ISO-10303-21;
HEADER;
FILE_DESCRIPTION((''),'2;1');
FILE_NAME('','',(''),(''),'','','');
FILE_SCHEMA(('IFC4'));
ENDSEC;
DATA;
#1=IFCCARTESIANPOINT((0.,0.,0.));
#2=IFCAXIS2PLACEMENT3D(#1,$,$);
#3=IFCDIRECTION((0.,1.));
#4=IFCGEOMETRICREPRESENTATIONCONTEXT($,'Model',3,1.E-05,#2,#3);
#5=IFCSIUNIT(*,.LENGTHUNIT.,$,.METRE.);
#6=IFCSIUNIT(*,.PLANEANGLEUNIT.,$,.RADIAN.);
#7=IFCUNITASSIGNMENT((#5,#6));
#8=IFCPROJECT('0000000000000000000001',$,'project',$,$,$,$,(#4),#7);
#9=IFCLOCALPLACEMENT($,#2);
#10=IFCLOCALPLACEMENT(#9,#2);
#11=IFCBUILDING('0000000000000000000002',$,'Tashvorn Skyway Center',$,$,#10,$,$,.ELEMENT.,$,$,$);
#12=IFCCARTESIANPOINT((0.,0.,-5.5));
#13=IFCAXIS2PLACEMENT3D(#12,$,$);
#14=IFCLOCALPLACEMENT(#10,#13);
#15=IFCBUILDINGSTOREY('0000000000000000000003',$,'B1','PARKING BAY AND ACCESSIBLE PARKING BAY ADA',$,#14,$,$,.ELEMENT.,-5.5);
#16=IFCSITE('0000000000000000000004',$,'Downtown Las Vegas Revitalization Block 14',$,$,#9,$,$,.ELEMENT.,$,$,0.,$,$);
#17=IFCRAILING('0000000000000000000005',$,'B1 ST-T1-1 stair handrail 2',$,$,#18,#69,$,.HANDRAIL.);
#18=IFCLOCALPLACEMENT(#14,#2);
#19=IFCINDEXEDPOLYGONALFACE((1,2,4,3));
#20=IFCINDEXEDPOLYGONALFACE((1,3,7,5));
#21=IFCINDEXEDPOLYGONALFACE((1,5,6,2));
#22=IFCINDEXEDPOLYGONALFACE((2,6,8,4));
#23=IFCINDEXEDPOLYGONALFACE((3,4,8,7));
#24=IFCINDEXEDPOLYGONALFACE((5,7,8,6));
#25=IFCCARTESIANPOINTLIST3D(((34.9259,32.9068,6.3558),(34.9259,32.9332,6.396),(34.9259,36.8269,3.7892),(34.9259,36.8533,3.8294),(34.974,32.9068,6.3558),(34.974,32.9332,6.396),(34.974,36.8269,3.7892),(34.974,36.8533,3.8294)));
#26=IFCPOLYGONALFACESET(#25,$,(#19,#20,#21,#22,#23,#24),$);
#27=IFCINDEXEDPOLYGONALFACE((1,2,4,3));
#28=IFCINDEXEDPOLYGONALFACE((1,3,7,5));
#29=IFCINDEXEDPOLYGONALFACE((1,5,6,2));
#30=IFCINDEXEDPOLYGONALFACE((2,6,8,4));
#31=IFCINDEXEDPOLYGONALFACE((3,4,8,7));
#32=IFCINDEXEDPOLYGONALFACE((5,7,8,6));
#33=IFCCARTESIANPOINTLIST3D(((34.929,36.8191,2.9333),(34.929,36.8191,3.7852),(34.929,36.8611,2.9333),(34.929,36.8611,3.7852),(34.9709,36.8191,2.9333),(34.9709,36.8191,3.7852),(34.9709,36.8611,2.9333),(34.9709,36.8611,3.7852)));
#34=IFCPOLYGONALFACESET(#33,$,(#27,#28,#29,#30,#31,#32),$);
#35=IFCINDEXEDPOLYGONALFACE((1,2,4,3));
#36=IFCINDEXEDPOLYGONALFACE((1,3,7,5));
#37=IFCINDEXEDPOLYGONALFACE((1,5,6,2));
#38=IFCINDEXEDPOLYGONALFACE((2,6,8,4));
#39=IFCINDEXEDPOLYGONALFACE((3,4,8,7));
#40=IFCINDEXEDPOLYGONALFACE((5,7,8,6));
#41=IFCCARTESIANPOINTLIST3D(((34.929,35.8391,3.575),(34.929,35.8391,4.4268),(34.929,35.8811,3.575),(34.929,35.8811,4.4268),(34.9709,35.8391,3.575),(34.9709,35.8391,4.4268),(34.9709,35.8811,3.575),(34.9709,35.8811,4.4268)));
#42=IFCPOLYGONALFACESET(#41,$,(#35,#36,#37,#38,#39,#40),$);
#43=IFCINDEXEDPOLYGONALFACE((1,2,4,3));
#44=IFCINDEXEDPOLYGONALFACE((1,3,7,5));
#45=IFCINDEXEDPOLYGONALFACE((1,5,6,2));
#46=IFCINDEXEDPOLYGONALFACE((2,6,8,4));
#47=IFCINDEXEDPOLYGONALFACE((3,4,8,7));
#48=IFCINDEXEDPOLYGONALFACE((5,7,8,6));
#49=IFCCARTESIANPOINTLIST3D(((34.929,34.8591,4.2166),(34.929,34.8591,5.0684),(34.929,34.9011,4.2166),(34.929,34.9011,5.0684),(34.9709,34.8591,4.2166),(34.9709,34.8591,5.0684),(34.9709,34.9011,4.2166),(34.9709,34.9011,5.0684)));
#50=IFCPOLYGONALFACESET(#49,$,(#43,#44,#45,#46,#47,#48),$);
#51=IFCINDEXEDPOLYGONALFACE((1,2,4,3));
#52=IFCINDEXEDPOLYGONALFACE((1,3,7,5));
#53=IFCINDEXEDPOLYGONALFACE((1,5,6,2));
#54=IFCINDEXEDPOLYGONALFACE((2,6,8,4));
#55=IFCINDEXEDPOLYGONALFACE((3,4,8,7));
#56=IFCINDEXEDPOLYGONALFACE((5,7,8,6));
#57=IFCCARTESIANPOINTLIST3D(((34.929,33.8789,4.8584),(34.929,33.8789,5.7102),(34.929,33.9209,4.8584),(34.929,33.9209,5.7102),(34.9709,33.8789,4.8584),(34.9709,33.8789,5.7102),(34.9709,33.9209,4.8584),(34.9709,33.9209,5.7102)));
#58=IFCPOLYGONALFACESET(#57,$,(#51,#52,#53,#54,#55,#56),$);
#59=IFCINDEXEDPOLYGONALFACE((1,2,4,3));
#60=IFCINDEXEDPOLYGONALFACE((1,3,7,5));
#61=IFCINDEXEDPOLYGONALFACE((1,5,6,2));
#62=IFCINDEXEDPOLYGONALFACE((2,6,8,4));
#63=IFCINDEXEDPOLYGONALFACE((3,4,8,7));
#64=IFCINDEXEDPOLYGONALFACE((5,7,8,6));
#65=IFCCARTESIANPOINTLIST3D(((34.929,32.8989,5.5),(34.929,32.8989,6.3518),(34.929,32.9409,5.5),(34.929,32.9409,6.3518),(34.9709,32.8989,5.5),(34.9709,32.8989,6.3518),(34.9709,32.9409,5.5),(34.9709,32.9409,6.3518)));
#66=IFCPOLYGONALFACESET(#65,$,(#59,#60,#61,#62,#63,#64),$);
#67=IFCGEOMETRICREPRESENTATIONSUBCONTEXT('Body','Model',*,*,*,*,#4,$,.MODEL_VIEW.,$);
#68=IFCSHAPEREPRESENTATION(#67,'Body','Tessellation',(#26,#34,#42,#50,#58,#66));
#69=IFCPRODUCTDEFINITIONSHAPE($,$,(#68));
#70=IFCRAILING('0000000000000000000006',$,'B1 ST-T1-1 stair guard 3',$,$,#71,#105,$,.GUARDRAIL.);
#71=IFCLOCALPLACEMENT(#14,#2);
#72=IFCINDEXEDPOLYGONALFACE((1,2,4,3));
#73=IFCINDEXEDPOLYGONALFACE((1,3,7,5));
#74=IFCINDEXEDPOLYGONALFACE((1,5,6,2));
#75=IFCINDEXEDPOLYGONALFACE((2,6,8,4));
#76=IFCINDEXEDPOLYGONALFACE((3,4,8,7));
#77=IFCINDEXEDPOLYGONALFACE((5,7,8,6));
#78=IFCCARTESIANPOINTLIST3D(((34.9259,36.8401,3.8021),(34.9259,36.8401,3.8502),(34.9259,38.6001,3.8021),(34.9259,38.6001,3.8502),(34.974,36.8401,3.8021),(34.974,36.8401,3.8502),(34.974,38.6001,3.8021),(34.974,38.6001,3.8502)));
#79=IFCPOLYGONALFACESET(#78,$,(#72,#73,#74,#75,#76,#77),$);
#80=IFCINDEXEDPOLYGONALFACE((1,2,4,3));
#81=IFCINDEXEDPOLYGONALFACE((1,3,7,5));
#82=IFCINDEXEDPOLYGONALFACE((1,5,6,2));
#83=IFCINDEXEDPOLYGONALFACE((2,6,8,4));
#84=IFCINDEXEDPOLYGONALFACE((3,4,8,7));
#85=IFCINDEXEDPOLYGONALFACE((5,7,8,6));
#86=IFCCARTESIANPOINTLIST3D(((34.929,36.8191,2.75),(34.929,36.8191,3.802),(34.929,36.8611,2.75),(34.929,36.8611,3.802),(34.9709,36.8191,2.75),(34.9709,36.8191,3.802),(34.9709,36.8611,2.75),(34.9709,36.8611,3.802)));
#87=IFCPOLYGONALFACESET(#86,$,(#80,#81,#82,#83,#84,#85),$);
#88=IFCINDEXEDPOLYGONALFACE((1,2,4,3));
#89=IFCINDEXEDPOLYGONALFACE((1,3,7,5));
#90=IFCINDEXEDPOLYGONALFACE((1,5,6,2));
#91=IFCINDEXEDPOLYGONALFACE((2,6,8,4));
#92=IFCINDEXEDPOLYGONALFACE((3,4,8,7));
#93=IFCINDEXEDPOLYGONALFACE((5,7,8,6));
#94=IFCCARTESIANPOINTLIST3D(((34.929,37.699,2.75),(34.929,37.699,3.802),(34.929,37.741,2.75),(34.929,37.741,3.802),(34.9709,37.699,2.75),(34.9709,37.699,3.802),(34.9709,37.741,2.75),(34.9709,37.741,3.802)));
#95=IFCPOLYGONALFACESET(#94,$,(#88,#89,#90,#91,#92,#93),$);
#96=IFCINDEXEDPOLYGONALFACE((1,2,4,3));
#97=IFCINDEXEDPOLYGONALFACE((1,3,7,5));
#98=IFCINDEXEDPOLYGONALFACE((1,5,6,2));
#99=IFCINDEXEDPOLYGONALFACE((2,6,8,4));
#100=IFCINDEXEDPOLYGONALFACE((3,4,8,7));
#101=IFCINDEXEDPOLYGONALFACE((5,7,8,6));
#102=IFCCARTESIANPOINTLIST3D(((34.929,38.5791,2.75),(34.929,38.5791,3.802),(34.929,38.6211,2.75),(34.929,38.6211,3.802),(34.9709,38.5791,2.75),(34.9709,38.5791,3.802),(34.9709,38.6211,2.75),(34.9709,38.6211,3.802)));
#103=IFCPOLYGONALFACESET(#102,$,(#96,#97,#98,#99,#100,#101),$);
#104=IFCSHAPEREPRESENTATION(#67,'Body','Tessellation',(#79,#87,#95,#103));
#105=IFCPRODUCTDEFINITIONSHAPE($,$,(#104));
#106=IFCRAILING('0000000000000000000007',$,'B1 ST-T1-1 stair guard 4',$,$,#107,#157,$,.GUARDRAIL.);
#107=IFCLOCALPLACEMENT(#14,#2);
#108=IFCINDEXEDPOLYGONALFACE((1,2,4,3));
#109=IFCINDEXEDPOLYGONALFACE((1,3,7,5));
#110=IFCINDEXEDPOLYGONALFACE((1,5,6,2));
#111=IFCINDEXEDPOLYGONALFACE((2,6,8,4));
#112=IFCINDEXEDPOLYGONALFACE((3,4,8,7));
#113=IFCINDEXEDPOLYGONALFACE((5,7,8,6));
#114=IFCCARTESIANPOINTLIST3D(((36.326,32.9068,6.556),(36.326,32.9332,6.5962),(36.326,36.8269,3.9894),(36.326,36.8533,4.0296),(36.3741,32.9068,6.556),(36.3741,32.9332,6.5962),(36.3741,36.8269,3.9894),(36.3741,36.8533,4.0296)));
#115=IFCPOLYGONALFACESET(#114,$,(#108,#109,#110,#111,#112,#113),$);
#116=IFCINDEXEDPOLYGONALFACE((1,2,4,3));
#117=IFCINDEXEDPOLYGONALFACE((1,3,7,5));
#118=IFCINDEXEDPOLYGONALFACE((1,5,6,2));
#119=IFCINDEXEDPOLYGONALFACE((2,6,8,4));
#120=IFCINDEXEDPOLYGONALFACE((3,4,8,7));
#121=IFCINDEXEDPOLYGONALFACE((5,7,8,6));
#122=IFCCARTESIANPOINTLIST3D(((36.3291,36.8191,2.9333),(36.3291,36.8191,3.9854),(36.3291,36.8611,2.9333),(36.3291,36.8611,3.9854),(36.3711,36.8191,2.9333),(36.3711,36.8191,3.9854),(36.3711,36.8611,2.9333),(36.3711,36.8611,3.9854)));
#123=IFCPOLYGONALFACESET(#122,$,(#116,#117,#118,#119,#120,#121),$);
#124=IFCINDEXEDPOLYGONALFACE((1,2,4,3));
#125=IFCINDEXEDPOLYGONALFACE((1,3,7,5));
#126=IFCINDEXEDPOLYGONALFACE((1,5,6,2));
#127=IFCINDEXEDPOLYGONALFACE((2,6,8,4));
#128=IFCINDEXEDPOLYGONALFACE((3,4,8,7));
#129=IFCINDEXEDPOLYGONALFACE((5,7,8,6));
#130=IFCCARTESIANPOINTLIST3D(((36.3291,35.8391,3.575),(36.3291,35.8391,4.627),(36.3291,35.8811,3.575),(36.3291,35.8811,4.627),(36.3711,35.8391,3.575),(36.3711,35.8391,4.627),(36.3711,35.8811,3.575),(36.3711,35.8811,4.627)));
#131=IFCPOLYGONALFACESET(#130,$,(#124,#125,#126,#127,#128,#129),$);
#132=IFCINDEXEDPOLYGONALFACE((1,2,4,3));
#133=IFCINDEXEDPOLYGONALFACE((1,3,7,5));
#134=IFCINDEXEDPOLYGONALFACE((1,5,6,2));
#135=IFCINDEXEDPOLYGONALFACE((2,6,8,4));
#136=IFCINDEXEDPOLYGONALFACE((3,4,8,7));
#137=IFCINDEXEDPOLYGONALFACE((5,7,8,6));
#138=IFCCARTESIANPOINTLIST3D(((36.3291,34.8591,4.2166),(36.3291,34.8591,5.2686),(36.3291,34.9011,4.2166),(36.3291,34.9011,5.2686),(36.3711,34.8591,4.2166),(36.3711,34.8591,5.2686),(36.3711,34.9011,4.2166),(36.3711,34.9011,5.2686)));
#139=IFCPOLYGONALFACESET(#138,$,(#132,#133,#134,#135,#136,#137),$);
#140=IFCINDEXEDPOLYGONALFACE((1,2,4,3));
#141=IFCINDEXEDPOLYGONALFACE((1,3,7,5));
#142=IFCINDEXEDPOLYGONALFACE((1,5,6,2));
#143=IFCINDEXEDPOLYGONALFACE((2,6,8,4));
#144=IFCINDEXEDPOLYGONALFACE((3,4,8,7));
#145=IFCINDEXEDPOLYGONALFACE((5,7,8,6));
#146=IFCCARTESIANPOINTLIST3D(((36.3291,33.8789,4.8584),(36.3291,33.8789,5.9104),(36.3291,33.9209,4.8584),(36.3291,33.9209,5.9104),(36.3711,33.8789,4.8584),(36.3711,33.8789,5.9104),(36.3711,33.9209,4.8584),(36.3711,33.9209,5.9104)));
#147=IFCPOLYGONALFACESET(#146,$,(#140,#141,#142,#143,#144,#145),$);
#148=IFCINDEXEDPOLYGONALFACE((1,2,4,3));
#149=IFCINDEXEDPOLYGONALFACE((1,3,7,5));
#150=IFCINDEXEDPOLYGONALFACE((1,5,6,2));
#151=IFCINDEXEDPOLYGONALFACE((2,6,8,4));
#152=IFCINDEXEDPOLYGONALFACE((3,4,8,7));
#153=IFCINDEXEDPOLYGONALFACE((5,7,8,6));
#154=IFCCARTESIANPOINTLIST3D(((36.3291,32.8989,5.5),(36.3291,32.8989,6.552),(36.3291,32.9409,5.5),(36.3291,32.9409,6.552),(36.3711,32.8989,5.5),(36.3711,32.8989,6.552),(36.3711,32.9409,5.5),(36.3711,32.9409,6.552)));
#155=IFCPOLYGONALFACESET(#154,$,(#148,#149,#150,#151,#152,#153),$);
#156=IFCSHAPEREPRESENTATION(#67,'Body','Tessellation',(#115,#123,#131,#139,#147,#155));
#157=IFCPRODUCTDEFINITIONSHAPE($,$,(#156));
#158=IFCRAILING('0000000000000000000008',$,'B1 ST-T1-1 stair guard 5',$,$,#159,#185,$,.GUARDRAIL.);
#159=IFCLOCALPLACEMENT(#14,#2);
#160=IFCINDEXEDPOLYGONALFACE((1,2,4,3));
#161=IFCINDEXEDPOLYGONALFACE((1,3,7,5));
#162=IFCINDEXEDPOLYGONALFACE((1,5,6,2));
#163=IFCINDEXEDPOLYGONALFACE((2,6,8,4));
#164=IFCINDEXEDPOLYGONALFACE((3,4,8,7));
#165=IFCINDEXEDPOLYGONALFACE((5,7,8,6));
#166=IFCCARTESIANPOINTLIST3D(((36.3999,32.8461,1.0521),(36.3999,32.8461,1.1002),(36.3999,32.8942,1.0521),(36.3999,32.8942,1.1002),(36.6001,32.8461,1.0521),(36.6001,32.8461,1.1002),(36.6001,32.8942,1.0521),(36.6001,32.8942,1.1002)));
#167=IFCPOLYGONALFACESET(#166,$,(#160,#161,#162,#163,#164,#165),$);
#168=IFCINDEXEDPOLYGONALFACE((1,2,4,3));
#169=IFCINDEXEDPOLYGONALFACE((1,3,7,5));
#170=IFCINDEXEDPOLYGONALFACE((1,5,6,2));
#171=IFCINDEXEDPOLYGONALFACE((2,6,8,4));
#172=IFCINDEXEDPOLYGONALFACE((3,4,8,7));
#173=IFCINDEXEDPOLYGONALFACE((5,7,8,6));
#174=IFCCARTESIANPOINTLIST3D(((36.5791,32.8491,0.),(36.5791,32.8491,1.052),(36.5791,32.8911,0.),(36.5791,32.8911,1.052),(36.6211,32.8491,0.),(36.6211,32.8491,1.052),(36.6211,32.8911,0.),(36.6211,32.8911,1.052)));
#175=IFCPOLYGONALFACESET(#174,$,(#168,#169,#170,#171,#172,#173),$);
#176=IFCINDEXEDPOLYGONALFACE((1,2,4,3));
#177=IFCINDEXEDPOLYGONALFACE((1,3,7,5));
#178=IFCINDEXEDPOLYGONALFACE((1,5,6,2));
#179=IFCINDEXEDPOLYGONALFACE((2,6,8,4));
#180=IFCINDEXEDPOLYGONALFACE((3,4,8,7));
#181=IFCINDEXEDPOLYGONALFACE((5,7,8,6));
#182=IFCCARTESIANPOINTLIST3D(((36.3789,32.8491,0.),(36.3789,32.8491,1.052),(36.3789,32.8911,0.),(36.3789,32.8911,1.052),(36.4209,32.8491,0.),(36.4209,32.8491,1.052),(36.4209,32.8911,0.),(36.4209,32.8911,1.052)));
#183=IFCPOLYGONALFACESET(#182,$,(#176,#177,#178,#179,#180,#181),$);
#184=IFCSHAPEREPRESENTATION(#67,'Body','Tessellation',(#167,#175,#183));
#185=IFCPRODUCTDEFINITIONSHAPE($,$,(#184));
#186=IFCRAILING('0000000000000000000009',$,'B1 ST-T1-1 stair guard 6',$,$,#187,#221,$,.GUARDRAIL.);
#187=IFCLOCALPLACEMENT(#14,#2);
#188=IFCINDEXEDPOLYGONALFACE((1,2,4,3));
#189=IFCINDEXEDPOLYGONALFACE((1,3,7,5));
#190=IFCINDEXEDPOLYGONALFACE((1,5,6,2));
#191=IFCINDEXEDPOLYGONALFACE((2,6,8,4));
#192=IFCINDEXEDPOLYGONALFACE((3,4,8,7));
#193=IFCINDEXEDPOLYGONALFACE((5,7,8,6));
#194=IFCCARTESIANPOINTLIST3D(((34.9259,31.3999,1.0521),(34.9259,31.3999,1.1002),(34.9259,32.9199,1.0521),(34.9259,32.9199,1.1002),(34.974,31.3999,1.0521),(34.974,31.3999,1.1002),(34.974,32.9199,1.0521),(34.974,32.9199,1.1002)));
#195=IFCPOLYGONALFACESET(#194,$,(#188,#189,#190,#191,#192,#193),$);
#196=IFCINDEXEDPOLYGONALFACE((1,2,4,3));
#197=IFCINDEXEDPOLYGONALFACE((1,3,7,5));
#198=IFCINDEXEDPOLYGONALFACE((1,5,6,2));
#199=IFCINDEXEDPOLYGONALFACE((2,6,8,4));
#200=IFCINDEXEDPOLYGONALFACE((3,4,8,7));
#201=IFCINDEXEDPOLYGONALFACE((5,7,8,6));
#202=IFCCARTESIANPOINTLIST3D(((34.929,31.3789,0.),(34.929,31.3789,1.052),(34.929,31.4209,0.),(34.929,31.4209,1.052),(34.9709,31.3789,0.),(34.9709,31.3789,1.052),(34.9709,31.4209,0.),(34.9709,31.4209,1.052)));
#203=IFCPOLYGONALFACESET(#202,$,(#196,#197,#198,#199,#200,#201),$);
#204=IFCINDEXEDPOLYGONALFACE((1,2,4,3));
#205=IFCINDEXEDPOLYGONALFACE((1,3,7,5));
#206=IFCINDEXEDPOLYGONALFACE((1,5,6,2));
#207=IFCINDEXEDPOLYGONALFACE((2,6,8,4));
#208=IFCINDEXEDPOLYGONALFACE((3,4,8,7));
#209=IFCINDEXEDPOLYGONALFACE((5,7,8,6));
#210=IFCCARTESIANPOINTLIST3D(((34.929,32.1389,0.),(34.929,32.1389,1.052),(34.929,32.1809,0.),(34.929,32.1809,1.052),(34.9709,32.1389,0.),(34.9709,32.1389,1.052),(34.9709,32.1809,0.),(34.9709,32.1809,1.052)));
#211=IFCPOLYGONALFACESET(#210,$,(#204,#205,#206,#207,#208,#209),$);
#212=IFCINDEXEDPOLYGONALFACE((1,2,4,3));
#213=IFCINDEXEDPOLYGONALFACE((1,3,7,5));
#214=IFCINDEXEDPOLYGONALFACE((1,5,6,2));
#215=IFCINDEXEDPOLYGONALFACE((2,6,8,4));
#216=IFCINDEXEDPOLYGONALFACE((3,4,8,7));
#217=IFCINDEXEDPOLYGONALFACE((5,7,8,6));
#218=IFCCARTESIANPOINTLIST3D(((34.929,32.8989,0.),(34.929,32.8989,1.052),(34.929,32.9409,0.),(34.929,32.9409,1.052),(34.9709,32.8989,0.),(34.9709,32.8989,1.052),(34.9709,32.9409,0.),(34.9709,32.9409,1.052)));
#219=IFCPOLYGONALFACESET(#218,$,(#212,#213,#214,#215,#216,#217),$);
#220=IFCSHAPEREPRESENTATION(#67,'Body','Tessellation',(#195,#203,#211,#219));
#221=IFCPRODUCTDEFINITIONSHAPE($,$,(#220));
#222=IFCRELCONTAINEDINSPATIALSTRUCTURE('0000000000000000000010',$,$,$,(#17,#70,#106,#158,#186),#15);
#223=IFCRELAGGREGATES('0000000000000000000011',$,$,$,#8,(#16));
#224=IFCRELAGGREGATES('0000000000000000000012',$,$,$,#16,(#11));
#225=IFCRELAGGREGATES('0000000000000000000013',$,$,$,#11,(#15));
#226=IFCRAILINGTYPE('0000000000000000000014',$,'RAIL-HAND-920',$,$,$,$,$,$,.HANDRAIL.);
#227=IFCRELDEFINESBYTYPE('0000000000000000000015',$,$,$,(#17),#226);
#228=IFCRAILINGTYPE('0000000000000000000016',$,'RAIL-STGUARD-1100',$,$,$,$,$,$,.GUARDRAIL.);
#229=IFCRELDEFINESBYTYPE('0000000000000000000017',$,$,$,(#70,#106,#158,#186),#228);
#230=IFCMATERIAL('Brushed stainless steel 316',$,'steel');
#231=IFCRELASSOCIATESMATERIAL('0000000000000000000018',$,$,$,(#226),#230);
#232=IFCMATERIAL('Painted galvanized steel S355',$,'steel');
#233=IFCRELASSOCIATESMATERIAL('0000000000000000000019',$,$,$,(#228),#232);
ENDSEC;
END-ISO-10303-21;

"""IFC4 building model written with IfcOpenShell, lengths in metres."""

from ifc_helpers import new_model, si_unit, direction, frame, origin, origin_2d, place, context, subcontext, project, spatial, rectangle, extrude, material, type_object, element, save


model = new_model("IFC4")

# Units and contexts
model_context = context("Model", 3, precision=1e-05, world=origin(), true_north=direction((0.0, 1.0)))
body_context = subcontext(model_context, "Body", "Model", "MODEL_VIEW")
ifc_project = project(units=[si_unit("LENGTHUNIT", "METRE"), si_unit("PLANEANGLEUNIT", "RADIAN")], contexts=[model_context])

# Site, building, storey
site_placement = place(None, origin())
site = spatial("IfcSite", under=ifc_project, at=site_placement, Name="Downtown Las Vegas Revitalization Block 14", CompositionType="ELEMENT", RefElevation=0.0)
building_placement = place(site_placement, origin())
building = spatial("IfcBuilding", under=site, at=building_placement, Name="Tashvorn Skyway Center", CompositionType="ELEMENT")
storey_placement = place(building_placement, frame((0.0, 0.0, -5.5)))
storey = spatial("IfcBuildingStorey", under=building, at=storey_placement, Name="B1", Description="PARKING BAY AND ACCESSIBLE PARKING BAY ADA", CompositionType="ELEMENT", Elevation=-5.5)

# Railings
ifc_material_1 = material(Name="Brushed stainless steel 316", Category="steel")
railing_type_1 = type_object("IfcRailingType", Name="RAIL-HAND-920", PredefinedType="HANDRAIL", material=ifc_material_1)
railing_1_placement = place(storey_placement, frame((34.95, 36.8401, 2.9333)))
element("IfcRailing", 1, at=railing_1_placement, inside=storey, type_object=railing_type_1, Name="B1 ST-T1-1 stair handrail 2", PredefinedType="HANDRAIL", context=body_context, shape_type="SweptSolid", body=[
    extrude(rectangle(XDim=0.0481, YDim=0.0481, at=origin_2d()), frame((0.0, 0.0, 0.876), z_axis=(0.0, -0.836631, 0.547767), x_axis=(1.0, 0.0, 0.0)), (0.0, 0.0, 1.0), 4.6855),
    extrude(rectangle(XDim=0.042, YDim=0.042, at=origin_2d()), origin(), (0.0, 0.0, 1.0), 0.8518),
    extrude(rectangle(XDim=0.042, YDim=0.042, at=origin_2d()), frame((0.0, -0.98, 0.6416)), (0.0, 0.0, 1.0), 0.8518),
    extrude(rectangle(XDim=0.042, YDim=0.042, at=origin_2d()), frame((0.0, -1.96, 1.2832)), (0.0, 0.0, 1.0), 0.8518),
    extrude(rectangle(XDim=0.042, YDim=0.042, at=origin_2d()), frame((0.0, -2.9402, 1.925)), (0.0, 0.0, 1.0), 0.8518),
    extrude(rectangle(XDim=0.042, YDim=0.042, at=origin_2d()), frame((0.0, -3.9202, 2.5667)), (0.0, 0.0, 1.0), 0.8518),
])
ifc_material_2 = material(Name="Painted galvanized steel S355", Category="steel")
railing_type_2 = type_object("IfcRailingType", Name="RAIL-STGUARD-1100", PredefinedType="GUARDRAIL", material=ifc_material_2)
railing_2_placement = place(storey_placement, frame((34.95, 36.8401, 2.75)))
element("IfcRailing", 2, at=railing_2_placement, inside=storey, type_object=railing_type_2, Name="B1 ST-T1-1 stair guard 3", PredefinedType="GUARDRAIL", context=body_context, shape_type="SweptSolid", body=[
    extrude(rectangle(XDim=0.0481, YDim=0.0481, at=origin_2d()), frame((0.0, 0.0, 1.0762), z_axis=(0.0, 1.0, 0.0), x_axis=(-1.0, 0.0, 0.0)), (0.0, 0.0, 1.0), 1.76),
    extrude(rectangle(XDim=0.042, YDim=0.042, at=origin_2d()), origin(), (0.0, 0.0, 1.0), 1.052),
    extrude(rectangle(XDim=0.042, YDim=0.042, at=origin_2d()), frame((0.0, 0.8799, 0.0)), (0.0, 0.0, 1.0), 1.052),
    extrude(rectangle(XDim=0.042, YDim=0.042, at=origin_2d()), frame((0.0, 1.76, 0.0)), (0.0, 0.0, 1.0), 1.052),
])
railing_3_placement = place(storey_placement, frame((36.3501, 36.8401, 2.9333)))
element("IfcRailing", 3, at=railing_3_placement, inside=storey, type_object=railing_type_2, Name="B1 ST-T1-1 stair guard 4", PredefinedType="GUARDRAIL", context=body_context, shape_type="SweptSolid", body=[
    extrude(rectangle(XDim=0.0481, YDim=0.0481, at=origin_2d()), frame((0.0, 0.0, 1.0762), z_axis=(0.0, -0.836631, 0.547767), x_axis=(1.0, 0.0, 0.0)), (0.0, 0.0, 1.0), 4.6855),
    extrude(rectangle(XDim=0.042, YDim=0.042, at=origin_2d()), origin(), (0.0, 0.0, 1.0), 1.052),
    extrude(rectangle(XDim=0.042, YDim=0.042, at=origin_2d()), frame((0.0, -0.98, 0.6416)), (0.0, 0.0, 1.0), 1.052),
    extrude(rectangle(XDim=0.042, YDim=0.042, at=origin_2d()), frame((0.0, -1.96, 1.2832)), (0.0, 0.0, 1.0), 1.052),
    extrude(rectangle(XDim=0.042, YDim=0.042, at=origin_2d()), frame((0.0, -2.9402, 1.925)), (0.0, 0.0, 1.0), 1.052),
    extrude(rectangle(XDim=0.042, YDim=0.042, at=origin_2d()), frame((0.0, -3.9202, 2.5667)), (0.0, 0.0, 1.0), 1.052),
])
railing_4_placement = place(storey_placement, frame((36.6001, 32.8701, 0.0)))
element("IfcRailing", 4, at=railing_4_placement, inside=storey, type_object=railing_type_2, Name="B1 ST-T1-1 stair guard 5", PredefinedType="GUARDRAIL", context=body_context, shape_type="SweptSolid", body=[
    extrude(rectangle(XDim=0.0481, YDim=0.0481, at=origin_2d()), frame((0.0, 0.0, 1.0762), z_axis=(-1.0, 0.0, 0.0), x_axis=(0.0, -1.0, 0.0)), (0.0, 0.0, 1.0), 0.2002),
    extrude(rectangle(XDim=0.042, YDim=0.042, at=origin_2d()), origin(), (0.0, 0.0, 1.0), 1.052),
    extrude(rectangle(XDim=0.042, YDim=0.042, at=origin_2d()), frame((-0.2002, 0.0, 0.0)), (0.0, 0.0, 1.0), 1.052),
])
railing_5_placement = place(storey_placement, frame((34.95, 31.3999, 0.0)))
element("IfcRailing", 5, at=railing_5_placement, inside=storey, type_object=railing_type_2, Name="B1 ST-T1-1 stair guard 6", PredefinedType="GUARDRAIL", context=body_context, shape_type="SweptSolid", body=[
    extrude(rectangle(XDim=0.0481, YDim=0.0481, at=origin_2d()), frame((0.0, 0.0, 1.0762), z_axis=(0.0, 1.0, 0.0), x_axis=(-1.0, 0.0, 0.0)), (0.0, 0.0, 1.0), 1.52),
    extrude(rectangle(XDim=0.042, YDim=0.042, at=origin_2d()), origin(), (0.0, 0.0, 1.0), 1.052),
    extrude(rectangle(XDim=0.042, YDim=0.042, at=origin_2d()), frame((0.0, 0.76, 0.0)), (0.0, 0.0, 1.0), 1.052),
    extrude(rectangle(XDim=0.042, YDim=0.042, at=origin_2d()), frame((0.0, 1.52, 0.0)), (0.0, 0.0, 1.0), 1.052),
])

save(model, "model.ifc")
